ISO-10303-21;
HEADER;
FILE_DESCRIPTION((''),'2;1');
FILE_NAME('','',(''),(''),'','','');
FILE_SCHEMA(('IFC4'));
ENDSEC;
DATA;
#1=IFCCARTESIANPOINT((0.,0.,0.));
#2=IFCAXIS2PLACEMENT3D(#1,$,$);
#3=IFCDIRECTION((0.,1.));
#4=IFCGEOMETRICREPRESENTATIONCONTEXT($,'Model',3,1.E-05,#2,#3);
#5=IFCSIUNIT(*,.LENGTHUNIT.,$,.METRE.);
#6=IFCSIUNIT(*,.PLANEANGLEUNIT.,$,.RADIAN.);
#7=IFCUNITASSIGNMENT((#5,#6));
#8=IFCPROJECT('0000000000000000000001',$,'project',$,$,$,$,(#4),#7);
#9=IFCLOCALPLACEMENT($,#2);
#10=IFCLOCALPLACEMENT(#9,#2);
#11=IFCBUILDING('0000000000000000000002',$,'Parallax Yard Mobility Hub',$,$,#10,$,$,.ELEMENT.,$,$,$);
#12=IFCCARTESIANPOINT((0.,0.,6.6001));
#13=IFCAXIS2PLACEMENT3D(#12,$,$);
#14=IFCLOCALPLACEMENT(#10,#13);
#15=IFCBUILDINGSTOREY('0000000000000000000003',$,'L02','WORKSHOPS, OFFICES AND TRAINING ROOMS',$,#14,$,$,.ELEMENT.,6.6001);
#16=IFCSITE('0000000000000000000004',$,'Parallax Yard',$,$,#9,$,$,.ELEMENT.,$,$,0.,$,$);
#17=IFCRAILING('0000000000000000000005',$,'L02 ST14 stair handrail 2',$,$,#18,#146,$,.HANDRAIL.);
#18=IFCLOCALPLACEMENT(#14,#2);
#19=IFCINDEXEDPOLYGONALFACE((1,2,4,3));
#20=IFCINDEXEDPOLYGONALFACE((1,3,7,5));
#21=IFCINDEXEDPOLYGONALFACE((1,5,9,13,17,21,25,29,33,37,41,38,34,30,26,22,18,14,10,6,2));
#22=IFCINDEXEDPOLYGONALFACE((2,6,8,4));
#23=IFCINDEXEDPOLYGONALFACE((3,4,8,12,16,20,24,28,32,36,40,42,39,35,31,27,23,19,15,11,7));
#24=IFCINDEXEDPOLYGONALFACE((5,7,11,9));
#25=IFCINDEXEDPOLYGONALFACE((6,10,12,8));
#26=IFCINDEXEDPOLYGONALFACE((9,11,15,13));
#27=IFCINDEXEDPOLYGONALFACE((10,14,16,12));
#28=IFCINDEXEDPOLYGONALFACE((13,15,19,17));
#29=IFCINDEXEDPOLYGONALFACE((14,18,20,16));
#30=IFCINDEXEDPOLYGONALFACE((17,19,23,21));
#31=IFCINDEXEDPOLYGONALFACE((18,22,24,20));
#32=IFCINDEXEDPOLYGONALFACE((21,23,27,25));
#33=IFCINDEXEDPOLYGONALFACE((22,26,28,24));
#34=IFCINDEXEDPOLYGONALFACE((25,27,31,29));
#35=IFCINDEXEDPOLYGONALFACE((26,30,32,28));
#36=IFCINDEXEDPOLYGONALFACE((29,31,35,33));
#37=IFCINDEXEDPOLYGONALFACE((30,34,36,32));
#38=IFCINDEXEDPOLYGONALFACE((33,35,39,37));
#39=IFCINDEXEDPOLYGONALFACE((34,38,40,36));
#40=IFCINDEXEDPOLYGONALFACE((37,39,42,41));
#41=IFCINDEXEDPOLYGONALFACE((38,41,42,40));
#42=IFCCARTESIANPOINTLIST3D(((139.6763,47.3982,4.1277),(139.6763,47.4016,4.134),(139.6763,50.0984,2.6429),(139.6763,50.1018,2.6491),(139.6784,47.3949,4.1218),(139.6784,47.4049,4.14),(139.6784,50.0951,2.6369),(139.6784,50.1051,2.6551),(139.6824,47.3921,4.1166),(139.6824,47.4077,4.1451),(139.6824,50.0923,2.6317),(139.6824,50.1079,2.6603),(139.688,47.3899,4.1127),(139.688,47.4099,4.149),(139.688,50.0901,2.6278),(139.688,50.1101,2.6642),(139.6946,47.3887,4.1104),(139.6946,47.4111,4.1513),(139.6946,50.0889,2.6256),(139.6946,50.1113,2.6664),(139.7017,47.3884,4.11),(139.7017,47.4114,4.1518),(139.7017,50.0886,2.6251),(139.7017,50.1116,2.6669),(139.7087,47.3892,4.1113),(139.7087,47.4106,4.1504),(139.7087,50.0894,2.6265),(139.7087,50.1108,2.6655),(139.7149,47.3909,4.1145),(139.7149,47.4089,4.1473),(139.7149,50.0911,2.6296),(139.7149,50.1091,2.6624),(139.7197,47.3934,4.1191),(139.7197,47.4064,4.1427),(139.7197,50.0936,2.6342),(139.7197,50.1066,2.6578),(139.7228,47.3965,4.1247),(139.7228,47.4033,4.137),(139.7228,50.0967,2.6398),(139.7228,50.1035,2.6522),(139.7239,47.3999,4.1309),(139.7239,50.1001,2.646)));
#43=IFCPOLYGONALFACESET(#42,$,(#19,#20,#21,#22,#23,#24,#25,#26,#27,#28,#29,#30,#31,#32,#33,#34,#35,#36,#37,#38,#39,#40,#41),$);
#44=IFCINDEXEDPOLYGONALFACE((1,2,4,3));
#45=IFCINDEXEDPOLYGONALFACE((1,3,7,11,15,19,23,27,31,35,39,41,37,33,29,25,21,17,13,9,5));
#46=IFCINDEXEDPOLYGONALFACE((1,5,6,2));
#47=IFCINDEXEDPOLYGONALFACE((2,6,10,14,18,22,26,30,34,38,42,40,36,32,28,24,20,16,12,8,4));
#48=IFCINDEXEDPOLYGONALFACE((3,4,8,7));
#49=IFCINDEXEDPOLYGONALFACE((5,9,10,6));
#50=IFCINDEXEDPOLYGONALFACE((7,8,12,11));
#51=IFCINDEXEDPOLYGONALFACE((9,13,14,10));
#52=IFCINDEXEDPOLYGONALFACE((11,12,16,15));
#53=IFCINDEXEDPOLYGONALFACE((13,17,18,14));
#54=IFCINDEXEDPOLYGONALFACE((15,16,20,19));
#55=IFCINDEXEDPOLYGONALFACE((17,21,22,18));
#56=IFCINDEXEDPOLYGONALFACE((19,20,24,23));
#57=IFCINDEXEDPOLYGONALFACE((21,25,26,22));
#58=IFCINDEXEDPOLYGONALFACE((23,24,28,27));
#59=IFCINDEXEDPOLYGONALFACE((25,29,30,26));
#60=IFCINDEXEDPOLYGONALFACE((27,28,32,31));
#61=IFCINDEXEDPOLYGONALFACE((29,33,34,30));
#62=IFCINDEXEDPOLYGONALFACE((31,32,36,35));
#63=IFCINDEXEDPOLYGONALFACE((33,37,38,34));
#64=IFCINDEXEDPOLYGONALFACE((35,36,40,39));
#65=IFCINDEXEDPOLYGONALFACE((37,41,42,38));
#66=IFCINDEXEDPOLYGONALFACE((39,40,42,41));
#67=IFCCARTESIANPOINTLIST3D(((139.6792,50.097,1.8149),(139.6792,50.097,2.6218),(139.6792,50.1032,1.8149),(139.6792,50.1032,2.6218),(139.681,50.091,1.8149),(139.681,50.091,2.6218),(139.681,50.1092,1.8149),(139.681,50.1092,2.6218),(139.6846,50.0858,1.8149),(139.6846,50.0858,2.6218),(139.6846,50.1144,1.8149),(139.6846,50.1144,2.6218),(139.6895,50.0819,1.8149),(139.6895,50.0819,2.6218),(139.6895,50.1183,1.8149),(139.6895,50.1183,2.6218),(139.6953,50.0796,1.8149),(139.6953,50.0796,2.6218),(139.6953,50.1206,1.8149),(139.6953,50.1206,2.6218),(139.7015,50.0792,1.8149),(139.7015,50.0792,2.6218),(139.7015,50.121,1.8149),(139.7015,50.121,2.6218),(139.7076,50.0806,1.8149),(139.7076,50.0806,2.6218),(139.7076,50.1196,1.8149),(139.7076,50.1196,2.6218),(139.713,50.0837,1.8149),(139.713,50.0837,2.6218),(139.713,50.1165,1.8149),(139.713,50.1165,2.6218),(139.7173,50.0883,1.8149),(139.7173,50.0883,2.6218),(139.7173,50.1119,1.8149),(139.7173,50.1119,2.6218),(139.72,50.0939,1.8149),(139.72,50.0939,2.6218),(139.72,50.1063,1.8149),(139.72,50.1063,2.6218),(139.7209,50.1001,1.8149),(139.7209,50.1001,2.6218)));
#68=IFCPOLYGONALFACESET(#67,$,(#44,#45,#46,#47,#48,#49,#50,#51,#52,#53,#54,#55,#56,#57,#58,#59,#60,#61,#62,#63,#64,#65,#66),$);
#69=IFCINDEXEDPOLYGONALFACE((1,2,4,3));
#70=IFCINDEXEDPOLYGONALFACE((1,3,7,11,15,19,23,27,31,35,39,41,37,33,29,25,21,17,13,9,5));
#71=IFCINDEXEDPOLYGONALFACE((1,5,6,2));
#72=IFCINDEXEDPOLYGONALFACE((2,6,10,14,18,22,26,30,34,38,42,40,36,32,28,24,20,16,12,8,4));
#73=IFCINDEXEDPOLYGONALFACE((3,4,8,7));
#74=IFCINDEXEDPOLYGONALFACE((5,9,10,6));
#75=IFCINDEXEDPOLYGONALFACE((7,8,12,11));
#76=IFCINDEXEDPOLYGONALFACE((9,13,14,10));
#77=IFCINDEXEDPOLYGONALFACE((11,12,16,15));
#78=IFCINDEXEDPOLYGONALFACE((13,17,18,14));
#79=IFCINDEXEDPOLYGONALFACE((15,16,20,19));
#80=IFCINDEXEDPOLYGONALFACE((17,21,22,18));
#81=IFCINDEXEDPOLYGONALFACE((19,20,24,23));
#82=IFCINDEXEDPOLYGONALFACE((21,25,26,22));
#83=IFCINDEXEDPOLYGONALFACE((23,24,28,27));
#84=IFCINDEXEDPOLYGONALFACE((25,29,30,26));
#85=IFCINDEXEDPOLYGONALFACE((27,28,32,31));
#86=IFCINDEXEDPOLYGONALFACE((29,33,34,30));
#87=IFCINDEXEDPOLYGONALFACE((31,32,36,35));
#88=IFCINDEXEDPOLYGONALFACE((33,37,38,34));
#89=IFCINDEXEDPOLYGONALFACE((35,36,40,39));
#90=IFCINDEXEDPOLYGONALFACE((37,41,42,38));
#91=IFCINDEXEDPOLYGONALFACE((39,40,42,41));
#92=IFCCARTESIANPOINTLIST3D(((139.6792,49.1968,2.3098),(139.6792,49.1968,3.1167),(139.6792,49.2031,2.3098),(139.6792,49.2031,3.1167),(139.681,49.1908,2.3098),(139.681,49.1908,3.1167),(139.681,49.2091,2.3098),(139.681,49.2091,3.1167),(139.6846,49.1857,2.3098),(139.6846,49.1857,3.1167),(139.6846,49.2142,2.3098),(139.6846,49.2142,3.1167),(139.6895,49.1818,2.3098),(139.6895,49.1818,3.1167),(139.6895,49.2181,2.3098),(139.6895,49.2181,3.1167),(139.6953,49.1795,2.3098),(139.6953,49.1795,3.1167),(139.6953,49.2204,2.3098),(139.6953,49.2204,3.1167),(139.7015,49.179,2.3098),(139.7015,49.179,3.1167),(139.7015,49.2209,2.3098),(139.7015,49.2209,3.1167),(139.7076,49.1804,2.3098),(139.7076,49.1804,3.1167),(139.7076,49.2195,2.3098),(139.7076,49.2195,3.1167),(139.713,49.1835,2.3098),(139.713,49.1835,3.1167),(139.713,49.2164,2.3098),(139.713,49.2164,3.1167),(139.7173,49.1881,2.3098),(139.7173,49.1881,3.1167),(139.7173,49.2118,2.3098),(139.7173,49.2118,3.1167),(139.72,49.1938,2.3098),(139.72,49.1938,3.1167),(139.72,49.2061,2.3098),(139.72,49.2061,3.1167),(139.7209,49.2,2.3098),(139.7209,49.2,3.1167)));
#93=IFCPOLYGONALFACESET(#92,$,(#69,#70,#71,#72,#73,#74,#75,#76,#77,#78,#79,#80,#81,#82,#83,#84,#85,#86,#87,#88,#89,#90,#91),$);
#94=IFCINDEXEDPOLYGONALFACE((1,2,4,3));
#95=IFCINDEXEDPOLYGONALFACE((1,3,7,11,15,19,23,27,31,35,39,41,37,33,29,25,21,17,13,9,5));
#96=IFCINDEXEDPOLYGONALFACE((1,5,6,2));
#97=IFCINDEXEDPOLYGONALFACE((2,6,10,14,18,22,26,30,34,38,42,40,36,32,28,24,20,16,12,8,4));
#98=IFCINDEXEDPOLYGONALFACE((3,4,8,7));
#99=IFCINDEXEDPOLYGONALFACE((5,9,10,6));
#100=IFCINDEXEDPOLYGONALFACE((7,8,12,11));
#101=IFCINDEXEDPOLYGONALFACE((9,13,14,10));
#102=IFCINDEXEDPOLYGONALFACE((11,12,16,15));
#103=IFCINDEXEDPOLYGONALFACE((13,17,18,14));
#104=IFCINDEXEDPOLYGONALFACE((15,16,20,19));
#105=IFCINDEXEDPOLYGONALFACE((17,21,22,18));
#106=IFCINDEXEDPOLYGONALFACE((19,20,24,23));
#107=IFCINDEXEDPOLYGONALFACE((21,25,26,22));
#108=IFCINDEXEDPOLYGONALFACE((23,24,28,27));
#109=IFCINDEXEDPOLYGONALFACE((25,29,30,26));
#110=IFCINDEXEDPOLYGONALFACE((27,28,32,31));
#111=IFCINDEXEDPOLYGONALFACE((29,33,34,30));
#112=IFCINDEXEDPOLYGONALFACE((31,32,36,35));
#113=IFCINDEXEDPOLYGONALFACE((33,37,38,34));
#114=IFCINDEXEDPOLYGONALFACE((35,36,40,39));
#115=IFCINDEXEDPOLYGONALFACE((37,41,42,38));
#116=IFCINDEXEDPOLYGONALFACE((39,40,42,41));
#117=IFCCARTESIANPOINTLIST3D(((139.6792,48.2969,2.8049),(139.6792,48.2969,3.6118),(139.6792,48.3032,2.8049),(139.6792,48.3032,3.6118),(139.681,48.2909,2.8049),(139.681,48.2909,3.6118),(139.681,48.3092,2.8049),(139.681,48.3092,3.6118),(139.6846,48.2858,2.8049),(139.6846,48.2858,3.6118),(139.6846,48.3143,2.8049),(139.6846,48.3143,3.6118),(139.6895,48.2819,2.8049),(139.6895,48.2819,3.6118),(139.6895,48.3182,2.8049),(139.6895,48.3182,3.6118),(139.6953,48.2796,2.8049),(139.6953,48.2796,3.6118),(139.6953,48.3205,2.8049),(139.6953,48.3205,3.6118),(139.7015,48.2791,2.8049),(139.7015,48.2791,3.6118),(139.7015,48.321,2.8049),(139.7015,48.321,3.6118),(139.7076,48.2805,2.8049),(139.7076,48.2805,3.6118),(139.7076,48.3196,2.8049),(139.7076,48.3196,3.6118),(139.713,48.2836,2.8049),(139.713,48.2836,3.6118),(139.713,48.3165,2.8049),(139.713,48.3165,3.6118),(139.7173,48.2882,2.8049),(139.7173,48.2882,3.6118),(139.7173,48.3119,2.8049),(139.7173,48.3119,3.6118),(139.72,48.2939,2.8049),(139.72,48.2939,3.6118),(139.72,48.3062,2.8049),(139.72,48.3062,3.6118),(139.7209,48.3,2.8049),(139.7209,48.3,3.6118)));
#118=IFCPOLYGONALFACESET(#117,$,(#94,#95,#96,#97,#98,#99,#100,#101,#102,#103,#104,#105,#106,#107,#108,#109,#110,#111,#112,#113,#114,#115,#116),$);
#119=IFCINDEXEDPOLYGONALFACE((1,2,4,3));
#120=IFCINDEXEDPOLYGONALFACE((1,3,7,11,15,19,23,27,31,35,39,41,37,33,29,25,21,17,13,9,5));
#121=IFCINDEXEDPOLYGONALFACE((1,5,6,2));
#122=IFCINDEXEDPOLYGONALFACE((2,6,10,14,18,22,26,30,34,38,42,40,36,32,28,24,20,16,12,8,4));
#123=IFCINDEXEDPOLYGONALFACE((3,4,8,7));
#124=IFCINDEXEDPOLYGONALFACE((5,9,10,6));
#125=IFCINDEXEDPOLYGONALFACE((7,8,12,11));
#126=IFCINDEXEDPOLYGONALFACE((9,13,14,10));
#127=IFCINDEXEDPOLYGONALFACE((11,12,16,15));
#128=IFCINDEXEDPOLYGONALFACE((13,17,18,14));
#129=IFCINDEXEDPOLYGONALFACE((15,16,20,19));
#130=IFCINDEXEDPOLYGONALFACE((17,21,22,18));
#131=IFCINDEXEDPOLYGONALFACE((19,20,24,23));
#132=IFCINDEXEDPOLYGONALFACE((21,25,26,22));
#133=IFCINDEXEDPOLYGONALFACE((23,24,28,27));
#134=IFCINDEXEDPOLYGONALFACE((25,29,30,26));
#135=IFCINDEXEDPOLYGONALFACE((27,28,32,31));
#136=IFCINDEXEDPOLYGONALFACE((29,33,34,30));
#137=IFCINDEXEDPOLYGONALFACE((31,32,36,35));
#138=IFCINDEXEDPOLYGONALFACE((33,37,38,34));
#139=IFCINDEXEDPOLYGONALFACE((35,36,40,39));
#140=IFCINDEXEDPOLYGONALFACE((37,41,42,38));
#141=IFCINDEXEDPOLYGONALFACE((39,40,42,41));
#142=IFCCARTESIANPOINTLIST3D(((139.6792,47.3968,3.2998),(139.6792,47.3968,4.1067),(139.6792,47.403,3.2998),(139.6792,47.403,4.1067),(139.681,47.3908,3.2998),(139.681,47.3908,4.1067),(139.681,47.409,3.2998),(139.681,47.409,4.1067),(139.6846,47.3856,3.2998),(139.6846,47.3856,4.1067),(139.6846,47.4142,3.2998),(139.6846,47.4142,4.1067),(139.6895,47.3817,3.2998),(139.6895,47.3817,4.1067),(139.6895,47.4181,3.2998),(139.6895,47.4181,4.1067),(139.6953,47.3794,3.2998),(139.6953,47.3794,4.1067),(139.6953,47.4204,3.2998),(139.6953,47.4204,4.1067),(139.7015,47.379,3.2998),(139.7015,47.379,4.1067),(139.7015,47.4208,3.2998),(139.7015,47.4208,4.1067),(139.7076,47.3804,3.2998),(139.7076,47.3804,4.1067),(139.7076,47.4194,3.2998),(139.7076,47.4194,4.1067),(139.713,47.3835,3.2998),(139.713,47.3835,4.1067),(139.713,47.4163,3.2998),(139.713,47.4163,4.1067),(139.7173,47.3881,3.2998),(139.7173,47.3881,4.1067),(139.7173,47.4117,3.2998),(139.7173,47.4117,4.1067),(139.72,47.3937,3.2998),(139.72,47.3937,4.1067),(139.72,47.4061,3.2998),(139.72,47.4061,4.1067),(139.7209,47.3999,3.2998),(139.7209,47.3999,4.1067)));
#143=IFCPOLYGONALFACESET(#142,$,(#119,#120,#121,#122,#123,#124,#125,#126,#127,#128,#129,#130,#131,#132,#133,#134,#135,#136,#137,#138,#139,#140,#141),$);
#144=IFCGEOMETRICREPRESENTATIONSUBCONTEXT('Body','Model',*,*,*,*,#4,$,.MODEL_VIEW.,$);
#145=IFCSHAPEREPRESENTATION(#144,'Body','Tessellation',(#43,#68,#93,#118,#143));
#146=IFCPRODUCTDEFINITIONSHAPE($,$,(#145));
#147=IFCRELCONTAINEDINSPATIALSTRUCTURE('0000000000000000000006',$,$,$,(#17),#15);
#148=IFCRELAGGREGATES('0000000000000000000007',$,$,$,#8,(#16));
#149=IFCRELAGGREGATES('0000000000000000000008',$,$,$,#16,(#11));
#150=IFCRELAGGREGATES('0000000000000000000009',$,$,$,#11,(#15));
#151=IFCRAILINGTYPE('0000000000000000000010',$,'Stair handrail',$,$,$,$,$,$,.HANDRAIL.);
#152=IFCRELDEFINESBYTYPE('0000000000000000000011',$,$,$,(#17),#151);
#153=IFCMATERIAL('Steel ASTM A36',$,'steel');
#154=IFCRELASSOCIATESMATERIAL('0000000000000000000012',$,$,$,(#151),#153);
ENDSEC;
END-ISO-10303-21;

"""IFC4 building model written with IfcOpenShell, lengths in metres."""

from ifc_helpers import new_model, si_unit, direction, frame, origin, origin_2d, place, context, subcontext, project, spatial, circle, extrude, material, type_object, element, save


model = new_model("IFC4")

# Units and contexts
model_context = context("Model", 3, precision=1e-05, world=origin(), true_north=direction((0.0, 1.0)))
body_context = subcontext(model_context, "Body", "Model", "MODEL_VIEW")
ifc_project = project(units=[si_unit("LENGTHUNIT", "METRE"), si_unit("PLANEANGLEUNIT", "RADIAN")], contexts=[model_context])

# Site, building, storey
site_placement = place(None, origin())
site = spatial("IfcSite", under=ifc_project, at=site_placement, Name="Parallax Yard", CompositionType="ELEMENT", RefElevation=0.0)
building_placement = place(site_placement, origin())
building = spatial("IfcBuilding", under=site, at=building_placement, Name="Parallax Yard Mobility Hub", CompositionType="ELEMENT")
storey_placement = place(building_placement, frame((0.0, 0.0, 6.6001)))
storey = spatial("IfcBuildingStorey", under=building, at=storey_placement, Name="L02", Description="WORKSHOPS, OFFICES AND TRAINING ROOMS", CompositionType="ELEMENT", Elevation=6.6001)

# Railing
ifc_material_1 = material(Name="Steel ASTM A36", Category="steel")
railing_type_1 = type_object("IfcRailingType", Name="Stair handrail", PredefinedType="HANDRAIL", material=ifc_material_1)
railing_1_placement = place(storey_placement, frame((139.7, 50.1001, 1.8149)))
element("IfcRailing", 1, at=railing_1_placement, inside=storey, type_object=railing_type_1, Name="L02 ST14 stair handrail 2", PredefinedType="HANDRAIL", context=body_context, shape_type="SweptSolid", body=[
    extrude(circle(Radius=0.0239, at=origin_2d()), frame((0.0, 0.0, 0.8311), z_axis=(0.0, -0.876249, 0.481858), x_axis=(1.0, 0.0, 0.0)), (0.0, 0.0, 1.0), 3.0815),
    extrude(circle(Radius=0.021, at=origin_2d()), origin(), (0.0, 0.0, 1.0), 0.8069),
    extrude(circle(Radius=0.021, at=origin_2d()), frame((0.0, -0.9001, 0.4949)), (0.0, 0.0, 1.0), 0.8069),
    extrude(circle(Radius=0.021, at=origin_2d()), frame((0.0, -1.8, 0.99)), (0.0, 0.0, 1.0), 0.8069),
    extrude(circle(Radius=0.021, at=origin_2d()), frame((0.0, -2.7002, 1.4849)), (0.0, 0.0, 1.0), 0.8069),
])

save(model, "model.ifc")
